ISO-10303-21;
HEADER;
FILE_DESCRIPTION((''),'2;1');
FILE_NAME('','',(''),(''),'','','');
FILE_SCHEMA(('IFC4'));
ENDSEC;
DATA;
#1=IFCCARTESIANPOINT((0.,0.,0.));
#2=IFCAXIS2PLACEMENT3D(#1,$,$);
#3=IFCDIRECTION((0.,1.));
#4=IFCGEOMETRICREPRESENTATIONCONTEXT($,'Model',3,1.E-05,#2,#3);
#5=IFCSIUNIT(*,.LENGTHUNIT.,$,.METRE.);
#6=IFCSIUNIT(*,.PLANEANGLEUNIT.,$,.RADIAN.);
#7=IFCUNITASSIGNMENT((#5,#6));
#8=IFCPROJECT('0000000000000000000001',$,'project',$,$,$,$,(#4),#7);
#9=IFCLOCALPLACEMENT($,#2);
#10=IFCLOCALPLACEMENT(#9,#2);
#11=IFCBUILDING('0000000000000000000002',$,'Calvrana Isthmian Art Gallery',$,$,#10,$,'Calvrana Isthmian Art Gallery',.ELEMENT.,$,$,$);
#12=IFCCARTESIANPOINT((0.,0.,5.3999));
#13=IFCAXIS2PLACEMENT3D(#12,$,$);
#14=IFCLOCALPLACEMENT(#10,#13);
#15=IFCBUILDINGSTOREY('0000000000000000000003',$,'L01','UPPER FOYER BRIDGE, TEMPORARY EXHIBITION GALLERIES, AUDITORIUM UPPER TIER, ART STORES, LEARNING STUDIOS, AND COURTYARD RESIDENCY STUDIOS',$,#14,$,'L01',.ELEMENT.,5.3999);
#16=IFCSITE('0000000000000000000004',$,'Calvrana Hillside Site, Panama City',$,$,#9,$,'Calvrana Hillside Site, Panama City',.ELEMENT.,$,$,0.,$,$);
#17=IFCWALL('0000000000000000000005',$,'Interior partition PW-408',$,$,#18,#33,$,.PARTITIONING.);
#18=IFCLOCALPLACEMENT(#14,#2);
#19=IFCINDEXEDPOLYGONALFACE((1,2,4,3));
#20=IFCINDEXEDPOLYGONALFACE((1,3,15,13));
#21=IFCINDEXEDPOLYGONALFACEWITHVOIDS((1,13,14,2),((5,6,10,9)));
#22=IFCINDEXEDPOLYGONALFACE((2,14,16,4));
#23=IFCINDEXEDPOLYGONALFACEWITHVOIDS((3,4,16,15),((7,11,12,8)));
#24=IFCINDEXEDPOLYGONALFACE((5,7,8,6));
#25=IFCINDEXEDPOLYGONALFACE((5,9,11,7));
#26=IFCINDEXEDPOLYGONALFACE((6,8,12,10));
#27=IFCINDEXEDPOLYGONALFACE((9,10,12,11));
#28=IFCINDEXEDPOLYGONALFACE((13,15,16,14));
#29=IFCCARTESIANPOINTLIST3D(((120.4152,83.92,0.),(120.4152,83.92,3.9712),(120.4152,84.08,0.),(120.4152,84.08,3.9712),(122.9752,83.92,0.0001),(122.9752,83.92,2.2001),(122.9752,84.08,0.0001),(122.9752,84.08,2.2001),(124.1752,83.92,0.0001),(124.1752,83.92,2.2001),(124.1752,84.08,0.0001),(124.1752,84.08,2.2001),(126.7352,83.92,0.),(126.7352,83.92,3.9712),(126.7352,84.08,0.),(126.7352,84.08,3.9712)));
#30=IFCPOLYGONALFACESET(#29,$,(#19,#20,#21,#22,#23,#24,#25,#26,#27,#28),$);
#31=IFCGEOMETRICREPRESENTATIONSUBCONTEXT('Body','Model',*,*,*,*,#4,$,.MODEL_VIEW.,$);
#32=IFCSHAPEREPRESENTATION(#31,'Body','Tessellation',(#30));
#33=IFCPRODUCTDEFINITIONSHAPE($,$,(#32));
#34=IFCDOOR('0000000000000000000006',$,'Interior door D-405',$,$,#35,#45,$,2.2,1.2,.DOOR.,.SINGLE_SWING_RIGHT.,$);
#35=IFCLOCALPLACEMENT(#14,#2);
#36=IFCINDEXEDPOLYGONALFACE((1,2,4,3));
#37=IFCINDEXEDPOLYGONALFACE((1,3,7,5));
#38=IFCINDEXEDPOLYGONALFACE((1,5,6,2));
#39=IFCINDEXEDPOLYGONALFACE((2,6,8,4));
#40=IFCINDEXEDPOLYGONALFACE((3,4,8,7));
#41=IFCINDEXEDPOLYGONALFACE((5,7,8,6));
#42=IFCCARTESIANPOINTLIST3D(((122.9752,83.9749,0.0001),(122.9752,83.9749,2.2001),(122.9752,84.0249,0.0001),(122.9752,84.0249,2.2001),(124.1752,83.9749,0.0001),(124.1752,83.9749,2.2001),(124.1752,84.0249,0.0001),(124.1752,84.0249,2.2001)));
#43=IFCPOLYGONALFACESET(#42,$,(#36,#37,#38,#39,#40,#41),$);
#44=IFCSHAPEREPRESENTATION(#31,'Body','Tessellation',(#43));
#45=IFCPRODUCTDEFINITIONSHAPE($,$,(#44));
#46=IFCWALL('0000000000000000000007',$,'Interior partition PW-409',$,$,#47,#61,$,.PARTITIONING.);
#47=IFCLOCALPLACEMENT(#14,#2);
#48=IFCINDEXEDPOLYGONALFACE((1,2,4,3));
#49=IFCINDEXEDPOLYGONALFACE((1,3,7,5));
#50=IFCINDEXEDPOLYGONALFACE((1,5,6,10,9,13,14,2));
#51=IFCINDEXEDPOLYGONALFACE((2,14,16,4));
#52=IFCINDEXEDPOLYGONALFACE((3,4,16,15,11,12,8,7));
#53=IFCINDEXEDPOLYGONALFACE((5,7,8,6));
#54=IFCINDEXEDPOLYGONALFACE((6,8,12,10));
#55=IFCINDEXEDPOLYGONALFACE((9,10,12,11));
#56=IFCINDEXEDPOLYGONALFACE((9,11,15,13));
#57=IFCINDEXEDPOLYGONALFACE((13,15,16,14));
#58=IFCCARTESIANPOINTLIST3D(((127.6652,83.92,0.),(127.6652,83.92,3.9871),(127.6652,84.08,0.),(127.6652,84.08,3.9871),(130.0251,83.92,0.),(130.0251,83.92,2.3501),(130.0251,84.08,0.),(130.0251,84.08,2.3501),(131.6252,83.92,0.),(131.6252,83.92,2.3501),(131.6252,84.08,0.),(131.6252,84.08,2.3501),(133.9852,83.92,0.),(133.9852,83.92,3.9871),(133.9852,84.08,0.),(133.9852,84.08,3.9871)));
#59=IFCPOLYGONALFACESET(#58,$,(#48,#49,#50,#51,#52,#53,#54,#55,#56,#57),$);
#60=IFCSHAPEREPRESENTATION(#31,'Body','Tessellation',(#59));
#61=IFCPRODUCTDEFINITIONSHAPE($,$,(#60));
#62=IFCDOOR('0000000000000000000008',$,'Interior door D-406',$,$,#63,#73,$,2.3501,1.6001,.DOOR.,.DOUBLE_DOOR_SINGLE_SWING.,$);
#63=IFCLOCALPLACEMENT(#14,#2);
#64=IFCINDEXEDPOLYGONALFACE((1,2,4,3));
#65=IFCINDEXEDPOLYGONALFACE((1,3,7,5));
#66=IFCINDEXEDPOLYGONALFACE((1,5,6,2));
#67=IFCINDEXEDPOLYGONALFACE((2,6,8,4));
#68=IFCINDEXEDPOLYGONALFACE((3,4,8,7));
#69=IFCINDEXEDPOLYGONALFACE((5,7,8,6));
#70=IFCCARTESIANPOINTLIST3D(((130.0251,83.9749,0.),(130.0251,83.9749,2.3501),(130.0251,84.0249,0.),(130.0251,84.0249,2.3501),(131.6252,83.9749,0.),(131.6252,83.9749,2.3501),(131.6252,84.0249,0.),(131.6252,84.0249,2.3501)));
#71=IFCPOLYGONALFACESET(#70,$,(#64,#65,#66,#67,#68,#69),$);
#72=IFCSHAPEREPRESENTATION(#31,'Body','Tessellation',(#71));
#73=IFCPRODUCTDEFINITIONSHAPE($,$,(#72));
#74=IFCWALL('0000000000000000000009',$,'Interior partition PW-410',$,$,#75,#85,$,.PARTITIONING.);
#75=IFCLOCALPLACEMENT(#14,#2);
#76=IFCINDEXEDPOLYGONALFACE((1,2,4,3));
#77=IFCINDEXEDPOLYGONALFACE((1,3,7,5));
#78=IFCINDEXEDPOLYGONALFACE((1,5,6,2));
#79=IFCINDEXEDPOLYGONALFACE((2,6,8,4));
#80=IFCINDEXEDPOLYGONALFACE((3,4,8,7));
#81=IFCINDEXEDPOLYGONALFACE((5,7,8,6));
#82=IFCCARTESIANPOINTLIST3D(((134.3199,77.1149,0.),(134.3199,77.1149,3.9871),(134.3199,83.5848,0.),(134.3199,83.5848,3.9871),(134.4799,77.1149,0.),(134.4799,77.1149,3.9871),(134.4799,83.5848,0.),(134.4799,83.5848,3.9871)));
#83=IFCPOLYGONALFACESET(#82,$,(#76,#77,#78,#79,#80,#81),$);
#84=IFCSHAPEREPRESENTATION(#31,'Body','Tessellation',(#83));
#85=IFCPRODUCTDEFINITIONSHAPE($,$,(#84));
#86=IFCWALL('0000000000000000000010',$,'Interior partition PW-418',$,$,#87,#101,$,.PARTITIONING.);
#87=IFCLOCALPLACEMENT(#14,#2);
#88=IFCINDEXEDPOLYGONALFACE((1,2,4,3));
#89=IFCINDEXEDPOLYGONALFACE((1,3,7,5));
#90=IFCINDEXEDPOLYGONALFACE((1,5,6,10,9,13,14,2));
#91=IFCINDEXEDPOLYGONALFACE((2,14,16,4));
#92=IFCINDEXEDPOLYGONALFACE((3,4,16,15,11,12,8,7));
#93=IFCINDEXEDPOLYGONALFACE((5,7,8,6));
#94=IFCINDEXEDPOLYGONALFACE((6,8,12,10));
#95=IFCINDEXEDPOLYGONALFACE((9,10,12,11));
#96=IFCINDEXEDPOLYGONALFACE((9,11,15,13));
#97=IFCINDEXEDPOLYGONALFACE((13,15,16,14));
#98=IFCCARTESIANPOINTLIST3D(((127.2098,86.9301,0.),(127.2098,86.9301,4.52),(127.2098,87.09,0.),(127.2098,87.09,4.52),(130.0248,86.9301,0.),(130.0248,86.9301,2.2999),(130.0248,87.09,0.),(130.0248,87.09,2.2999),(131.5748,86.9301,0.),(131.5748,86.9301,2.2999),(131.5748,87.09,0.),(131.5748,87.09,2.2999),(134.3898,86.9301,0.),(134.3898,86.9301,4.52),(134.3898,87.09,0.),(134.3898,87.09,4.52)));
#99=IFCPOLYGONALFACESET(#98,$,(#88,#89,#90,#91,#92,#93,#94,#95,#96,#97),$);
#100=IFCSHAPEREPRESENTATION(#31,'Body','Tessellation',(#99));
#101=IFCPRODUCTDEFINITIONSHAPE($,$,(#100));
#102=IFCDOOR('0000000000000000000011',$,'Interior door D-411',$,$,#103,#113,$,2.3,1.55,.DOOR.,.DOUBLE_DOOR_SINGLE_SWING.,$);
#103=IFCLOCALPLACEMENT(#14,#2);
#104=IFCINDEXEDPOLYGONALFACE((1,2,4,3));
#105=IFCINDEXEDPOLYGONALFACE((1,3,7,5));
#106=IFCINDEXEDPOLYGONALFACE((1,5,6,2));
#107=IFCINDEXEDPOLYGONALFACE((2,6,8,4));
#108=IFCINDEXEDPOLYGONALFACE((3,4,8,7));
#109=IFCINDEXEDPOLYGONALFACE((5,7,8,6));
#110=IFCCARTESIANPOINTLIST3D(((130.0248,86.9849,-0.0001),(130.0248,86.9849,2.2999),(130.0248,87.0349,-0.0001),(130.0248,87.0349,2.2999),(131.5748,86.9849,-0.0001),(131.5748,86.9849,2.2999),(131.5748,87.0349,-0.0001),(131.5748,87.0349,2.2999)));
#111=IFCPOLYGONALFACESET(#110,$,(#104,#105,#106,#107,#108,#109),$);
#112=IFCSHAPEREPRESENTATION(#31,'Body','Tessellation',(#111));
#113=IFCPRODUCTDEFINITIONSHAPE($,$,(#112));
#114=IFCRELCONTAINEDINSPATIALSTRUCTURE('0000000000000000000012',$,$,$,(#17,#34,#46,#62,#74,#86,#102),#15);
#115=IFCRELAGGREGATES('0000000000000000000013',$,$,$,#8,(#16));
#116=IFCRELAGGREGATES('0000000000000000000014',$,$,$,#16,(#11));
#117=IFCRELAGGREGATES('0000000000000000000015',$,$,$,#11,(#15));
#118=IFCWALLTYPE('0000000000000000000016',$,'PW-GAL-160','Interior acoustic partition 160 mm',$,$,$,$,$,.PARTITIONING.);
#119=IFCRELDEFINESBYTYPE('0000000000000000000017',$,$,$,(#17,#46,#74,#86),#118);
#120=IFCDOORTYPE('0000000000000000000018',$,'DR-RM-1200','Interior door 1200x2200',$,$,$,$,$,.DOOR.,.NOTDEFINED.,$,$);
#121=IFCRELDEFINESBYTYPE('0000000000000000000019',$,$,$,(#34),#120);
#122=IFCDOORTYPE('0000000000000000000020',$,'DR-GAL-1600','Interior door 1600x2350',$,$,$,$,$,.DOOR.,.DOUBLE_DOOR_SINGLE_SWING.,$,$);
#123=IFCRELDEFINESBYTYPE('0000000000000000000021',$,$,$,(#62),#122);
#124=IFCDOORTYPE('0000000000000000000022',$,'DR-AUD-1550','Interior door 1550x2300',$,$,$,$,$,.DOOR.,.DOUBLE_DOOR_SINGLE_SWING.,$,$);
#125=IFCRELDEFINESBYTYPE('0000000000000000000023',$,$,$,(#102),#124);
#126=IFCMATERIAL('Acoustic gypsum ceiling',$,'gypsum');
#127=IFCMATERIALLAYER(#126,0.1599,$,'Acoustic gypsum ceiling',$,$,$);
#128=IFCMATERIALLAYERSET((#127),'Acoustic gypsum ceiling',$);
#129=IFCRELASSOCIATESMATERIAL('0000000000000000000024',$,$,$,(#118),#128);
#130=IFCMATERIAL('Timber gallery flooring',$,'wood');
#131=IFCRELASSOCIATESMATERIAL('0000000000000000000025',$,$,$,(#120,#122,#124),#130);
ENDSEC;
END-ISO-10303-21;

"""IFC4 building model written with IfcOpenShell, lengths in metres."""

from ifc_helpers import new_model, si_unit, direction, frame, frame_2d, origin, place, context, subcontext, project, spatial, rectangle, extrude, material, layer, layer_set, type_object, element, fill, save


model = new_model("IFC4")

# Units and contexts
model_context = context("Model", 3, precision=1e-05, world=origin(), true_north=direction((0.0, 1.0)))
body_context = subcontext(model_context, "Body", "Model", "MODEL_VIEW")
ifc_project = project(units=[si_unit("LENGTHUNIT", "METRE"), si_unit("PLANEANGLEUNIT", "RADIAN")], contexts=[model_context])

# Site, building, storey
site_placement = place(None, origin())
site = spatial("IfcSite", under=ifc_project, at=site_placement, Name="Calvrana Hillside Site, Panama City", LongName="Calvrana Hillside Site, Panama City", CompositionType="ELEMENT", RefElevation=0.0)
building_placement = place(site_placement, origin())
building = spatial("IfcBuilding", under=site, at=building_placement, Name="Calvrana Isthmian Art Gallery", LongName="Calvrana Isthmian Art Gallery", CompositionType="ELEMENT")
storey_placement = place(building_placement, frame((0.0, 0.0, 5.3999)))
storey = spatial("IfcBuildingStorey", under=building, at=storey_placement, Name="L01", Description="UPPER FOYER BRIDGE, TEMPORARY EXHIBITION GALLERIES, AUDITORIUM UPPER TIER, ART STORES, LEARNING STUDIOS, AND COURTYARD RESIDENCY STUDIOS", LongName="L01", CompositionType="ELEMENT", Elevation=5.3999)

# Walls, openings, doors
ifc_material_1 = material(Name="Acoustic gypsum ceiling", Category="gypsum")
ifc_layer = layer(ifc_material_1, 0.1599, Name="Acoustic gypsum ceiling")
ifc_layer_set = layer_set([ifc_layer], Name="Acoustic gypsum ceiling")
wall_type = type_object("IfcWallType", Name="PW-GAL-160", Description="Interior acoustic partition 160 mm", PredefinedType="PARTITIONING", material=ifc_layer_set)
wall_1_placement = place(storey_placement, frame((120.415, 84.0, 0.0), z_axis=(0.0, 0.0, 1.0), x_axis=(1.0, 0.0, 0.0)))
wall_1 = element("IfcWall", 1, at=wall_1_placement, inside=storey, type_object=wall_type, Name="Interior partition PW-408", PredefinedType="PARTITIONING", context=body_context, shape_type="SweptSolid", body=[
    extrude(rectangle(XDim=6.3201, YDim=0.1599, at=frame_2d((3.1602, 0.0))), origin(), (0.0, 0.0, 1.0), 3.9712),
])
opening_1_placement = place(wall_1_placement, frame((2.5601, 0.0, 0.0)))
opening_1 = element("IfcOpeningElement", 2, at=opening_1_placement, cuts=wall_1, PredefinedType="OPENING", context=body_context, shape_type="SweptSolid", body=[
    extrude(rectangle(XDim=1.2, YDim=2.2, at=frame_2d((0.6001, 1.1001))), frame((0.0, 0.0903, 0.0), z_axis=(0.0, -1.0, 0.0), x_axis=(1.0, 0.0, 0.0)), (0.0, 0.0, 1.0), 0.1804),
])
ifc_material_2 = material(Name="Timber gallery flooring", Category="wood")
door_type_1 = type_object("IfcDoorType", Name="DR-RM-1200", Description="Interior door 1200x2200", OperationType="NOTDEFINED", PredefinedType="DOOR", material=ifc_material_2)
door_1_placement = place(opening_1_placement, origin())
door_1 = element("IfcDoor", 3, at=door_1_placement, inside=storey, type_object=door_type_1, Name="Interior door D-405", OperationType="SINGLE_SWING_RIGHT", OverallHeight=2.2, OverallWidth=1.2, PredefinedType="DOOR", context=body_context, shape_type="SweptSolid", body=[
    extrude(rectangle(XDim=1.2, YDim=2.2, at=frame_2d((0.6001, 1.1001))), frame((0.0, 0.0249, 0.0), z_axis=(0.0, -1.0, 0.0), x_axis=(1.0, 0.0, 0.0)), (0.0, 0.0, 1.0), 0.05),
])
fill(opening_1, door_1)
wall_2_placement = place(storey_placement, frame((127.665, 84.0, 0.0), z_axis=(0.0, 0.0, 1.0), x_axis=(1.0, 0.0, 0.0)))
wall_2 = element("IfcWall", 4, at=wall_2_placement, inside=storey, type_object=wall_type, Name="Interior partition PW-409", PredefinedType="PARTITIONING", context=body_context, shape_type="SweptSolid", body=[
    extrude(rectangle(XDim=6.3201, YDim=0.1599, at=frame_2d((3.1602, 0.0))), origin(), (0.0, 0.0, 1.0), 3.9871),
])
opening_2_placement = place(wall_2_placement, frame((2.3601, 0.0, 0.0)))
opening_2 = element("IfcOpeningElement", 5, at=opening_2_placement, cuts=wall_2, PredefinedType="OPENING", context=body_context, shape_type="SweptSolid", body=[
    extrude(rectangle(XDim=1.6001, YDim=2.3501, at=frame_2d((0.8, 1.175))), frame((0.0, 0.0903, 0.0), z_axis=(0.0, -1.0, 0.0), x_axis=(1.0, 0.0, 0.0)), (0.0, 0.0, 1.0), 0.1804),
])
door_type_2 = type_object("IfcDoorType", Name="DR-GAL-1600", Description="Interior door 1600x2350", OperationType="DOUBLE_DOOR_SINGLE_SWING", PredefinedType="DOOR", material=ifc_material_2)
door_2_placement = place(opening_2_placement, origin())
door_2 = element("IfcDoor", 6, at=door_2_placement, inside=storey, type_object=door_type_2, Name="Interior door D-406", OperationType="DOUBLE_DOOR_SINGLE_SWING", OverallHeight=2.3501, OverallWidth=1.6001, PredefinedType="DOOR", context=body_context, shape_type="SweptSolid", body=[
    extrude(rectangle(XDim=1.6001, YDim=2.3501, at=frame_2d((0.8, 1.175))), frame((0.0, 0.0249, 0.0), z_axis=(0.0, -1.0, 0.0), x_axis=(1.0, 0.0, 0.0)), (0.0, 0.0, 1.0), 0.05),
])
fill(opening_2, door_2)

# Wall
wall_3_placement = place(storey_placement, frame((134.3999, 77.115, 0.0), z_axis=(0.0, 0.0, 1.0), x_axis=(0.0, 1.0, 0.0)))
element("IfcWall", 7, at=wall_3_placement, inside=storey, type_object=wall_type, Name="Interior partition PW-410", PredefinedType="PARTITIONING", context=body_context, shape_type="SweptSolid", body=[
    extrude(rectangle(XDim=6.47, YDim=0.1599, at=frame_2d((3.2349, 0.0))), origin(), (0.0, 0.0, 1.0), 3.9871),
])

# Wall, opening, door
wall_4_placement = place(storey_placement, frame((127.21, 87.01, 0.0), z_axis=(0.0, 0.0, 1.0), x_axis=(1.0, 0.0, 0.0)))
wall_4 = element("IfcWall", 8, at=wall_4_placement, inside=storey, type_object=wall_type, Name="Interior partition PW-418", PredefinedType="PARTITIONING", context=body_context, shape_type="SweptSolid", body=[
    extrude(rectangle(XDim=7.1799, YDim=0.1599, at=frame_2d((3.5898, 0.0))), origin(), (0.0, 0.0, 1.0), 4.52),
])
opening_3_placement = place(wall_4_placement, frame((2.8149, 0.0, 0.0)))
opening_3 = element("IfcOpeningElement", 9, at=opening_3_placement, cuts=wall_4, PredefinedType="OPENING", context=body_context, shape_type="SweptSolid", body=[
    extrude(rectangle(XDim=1.55, YDim=2.3, at=frame_2d((0.7749, 1.1499))), frame((0.0, 0.0903, 0.0), z_axis=(0.0, -1.0, 0.0), x_axis=(1.0, 0.0, 0.0)), (0.0, 0.0, 1.0), 0.1804),
])
door_type_3 = type_object("IfcDoorType", Name="DR-AUD-1550", Description="Interior door 1550x2300", OperationType="DOUBLE_DOOR_SINGLE_SWING", PredefinedType="DOOR", material=ifc_material_2)
door_3_placement = place(opening_3_placement, origin())
door_3 = element("IfcDoor", 10, at=door_3_placement, inside=storey, type_object=door_type_3, Name="Interior door D-411", OperationType="DOUBLE_DOOR_SINGLE_SWING", OverallHeight=2.3, OverallWidth=1.55, PredefinedType="DOOR", context=body_context, shape_type="SweptSolid", body=[
    extrude(rectangle(XDim=1.55, YDim=2.3, at=frame_2d((0.7749, 1.1499))), frame((0.0, 0.0249, 0.0), z_axis=(0.0, -1.0, 0.0), x_axis=(1.0, 0.0, 0.0)), (0.0, 0.0, 1.0), 0.05),
])
fill(opening_3, door_3)

save(model, "model.ifc")
